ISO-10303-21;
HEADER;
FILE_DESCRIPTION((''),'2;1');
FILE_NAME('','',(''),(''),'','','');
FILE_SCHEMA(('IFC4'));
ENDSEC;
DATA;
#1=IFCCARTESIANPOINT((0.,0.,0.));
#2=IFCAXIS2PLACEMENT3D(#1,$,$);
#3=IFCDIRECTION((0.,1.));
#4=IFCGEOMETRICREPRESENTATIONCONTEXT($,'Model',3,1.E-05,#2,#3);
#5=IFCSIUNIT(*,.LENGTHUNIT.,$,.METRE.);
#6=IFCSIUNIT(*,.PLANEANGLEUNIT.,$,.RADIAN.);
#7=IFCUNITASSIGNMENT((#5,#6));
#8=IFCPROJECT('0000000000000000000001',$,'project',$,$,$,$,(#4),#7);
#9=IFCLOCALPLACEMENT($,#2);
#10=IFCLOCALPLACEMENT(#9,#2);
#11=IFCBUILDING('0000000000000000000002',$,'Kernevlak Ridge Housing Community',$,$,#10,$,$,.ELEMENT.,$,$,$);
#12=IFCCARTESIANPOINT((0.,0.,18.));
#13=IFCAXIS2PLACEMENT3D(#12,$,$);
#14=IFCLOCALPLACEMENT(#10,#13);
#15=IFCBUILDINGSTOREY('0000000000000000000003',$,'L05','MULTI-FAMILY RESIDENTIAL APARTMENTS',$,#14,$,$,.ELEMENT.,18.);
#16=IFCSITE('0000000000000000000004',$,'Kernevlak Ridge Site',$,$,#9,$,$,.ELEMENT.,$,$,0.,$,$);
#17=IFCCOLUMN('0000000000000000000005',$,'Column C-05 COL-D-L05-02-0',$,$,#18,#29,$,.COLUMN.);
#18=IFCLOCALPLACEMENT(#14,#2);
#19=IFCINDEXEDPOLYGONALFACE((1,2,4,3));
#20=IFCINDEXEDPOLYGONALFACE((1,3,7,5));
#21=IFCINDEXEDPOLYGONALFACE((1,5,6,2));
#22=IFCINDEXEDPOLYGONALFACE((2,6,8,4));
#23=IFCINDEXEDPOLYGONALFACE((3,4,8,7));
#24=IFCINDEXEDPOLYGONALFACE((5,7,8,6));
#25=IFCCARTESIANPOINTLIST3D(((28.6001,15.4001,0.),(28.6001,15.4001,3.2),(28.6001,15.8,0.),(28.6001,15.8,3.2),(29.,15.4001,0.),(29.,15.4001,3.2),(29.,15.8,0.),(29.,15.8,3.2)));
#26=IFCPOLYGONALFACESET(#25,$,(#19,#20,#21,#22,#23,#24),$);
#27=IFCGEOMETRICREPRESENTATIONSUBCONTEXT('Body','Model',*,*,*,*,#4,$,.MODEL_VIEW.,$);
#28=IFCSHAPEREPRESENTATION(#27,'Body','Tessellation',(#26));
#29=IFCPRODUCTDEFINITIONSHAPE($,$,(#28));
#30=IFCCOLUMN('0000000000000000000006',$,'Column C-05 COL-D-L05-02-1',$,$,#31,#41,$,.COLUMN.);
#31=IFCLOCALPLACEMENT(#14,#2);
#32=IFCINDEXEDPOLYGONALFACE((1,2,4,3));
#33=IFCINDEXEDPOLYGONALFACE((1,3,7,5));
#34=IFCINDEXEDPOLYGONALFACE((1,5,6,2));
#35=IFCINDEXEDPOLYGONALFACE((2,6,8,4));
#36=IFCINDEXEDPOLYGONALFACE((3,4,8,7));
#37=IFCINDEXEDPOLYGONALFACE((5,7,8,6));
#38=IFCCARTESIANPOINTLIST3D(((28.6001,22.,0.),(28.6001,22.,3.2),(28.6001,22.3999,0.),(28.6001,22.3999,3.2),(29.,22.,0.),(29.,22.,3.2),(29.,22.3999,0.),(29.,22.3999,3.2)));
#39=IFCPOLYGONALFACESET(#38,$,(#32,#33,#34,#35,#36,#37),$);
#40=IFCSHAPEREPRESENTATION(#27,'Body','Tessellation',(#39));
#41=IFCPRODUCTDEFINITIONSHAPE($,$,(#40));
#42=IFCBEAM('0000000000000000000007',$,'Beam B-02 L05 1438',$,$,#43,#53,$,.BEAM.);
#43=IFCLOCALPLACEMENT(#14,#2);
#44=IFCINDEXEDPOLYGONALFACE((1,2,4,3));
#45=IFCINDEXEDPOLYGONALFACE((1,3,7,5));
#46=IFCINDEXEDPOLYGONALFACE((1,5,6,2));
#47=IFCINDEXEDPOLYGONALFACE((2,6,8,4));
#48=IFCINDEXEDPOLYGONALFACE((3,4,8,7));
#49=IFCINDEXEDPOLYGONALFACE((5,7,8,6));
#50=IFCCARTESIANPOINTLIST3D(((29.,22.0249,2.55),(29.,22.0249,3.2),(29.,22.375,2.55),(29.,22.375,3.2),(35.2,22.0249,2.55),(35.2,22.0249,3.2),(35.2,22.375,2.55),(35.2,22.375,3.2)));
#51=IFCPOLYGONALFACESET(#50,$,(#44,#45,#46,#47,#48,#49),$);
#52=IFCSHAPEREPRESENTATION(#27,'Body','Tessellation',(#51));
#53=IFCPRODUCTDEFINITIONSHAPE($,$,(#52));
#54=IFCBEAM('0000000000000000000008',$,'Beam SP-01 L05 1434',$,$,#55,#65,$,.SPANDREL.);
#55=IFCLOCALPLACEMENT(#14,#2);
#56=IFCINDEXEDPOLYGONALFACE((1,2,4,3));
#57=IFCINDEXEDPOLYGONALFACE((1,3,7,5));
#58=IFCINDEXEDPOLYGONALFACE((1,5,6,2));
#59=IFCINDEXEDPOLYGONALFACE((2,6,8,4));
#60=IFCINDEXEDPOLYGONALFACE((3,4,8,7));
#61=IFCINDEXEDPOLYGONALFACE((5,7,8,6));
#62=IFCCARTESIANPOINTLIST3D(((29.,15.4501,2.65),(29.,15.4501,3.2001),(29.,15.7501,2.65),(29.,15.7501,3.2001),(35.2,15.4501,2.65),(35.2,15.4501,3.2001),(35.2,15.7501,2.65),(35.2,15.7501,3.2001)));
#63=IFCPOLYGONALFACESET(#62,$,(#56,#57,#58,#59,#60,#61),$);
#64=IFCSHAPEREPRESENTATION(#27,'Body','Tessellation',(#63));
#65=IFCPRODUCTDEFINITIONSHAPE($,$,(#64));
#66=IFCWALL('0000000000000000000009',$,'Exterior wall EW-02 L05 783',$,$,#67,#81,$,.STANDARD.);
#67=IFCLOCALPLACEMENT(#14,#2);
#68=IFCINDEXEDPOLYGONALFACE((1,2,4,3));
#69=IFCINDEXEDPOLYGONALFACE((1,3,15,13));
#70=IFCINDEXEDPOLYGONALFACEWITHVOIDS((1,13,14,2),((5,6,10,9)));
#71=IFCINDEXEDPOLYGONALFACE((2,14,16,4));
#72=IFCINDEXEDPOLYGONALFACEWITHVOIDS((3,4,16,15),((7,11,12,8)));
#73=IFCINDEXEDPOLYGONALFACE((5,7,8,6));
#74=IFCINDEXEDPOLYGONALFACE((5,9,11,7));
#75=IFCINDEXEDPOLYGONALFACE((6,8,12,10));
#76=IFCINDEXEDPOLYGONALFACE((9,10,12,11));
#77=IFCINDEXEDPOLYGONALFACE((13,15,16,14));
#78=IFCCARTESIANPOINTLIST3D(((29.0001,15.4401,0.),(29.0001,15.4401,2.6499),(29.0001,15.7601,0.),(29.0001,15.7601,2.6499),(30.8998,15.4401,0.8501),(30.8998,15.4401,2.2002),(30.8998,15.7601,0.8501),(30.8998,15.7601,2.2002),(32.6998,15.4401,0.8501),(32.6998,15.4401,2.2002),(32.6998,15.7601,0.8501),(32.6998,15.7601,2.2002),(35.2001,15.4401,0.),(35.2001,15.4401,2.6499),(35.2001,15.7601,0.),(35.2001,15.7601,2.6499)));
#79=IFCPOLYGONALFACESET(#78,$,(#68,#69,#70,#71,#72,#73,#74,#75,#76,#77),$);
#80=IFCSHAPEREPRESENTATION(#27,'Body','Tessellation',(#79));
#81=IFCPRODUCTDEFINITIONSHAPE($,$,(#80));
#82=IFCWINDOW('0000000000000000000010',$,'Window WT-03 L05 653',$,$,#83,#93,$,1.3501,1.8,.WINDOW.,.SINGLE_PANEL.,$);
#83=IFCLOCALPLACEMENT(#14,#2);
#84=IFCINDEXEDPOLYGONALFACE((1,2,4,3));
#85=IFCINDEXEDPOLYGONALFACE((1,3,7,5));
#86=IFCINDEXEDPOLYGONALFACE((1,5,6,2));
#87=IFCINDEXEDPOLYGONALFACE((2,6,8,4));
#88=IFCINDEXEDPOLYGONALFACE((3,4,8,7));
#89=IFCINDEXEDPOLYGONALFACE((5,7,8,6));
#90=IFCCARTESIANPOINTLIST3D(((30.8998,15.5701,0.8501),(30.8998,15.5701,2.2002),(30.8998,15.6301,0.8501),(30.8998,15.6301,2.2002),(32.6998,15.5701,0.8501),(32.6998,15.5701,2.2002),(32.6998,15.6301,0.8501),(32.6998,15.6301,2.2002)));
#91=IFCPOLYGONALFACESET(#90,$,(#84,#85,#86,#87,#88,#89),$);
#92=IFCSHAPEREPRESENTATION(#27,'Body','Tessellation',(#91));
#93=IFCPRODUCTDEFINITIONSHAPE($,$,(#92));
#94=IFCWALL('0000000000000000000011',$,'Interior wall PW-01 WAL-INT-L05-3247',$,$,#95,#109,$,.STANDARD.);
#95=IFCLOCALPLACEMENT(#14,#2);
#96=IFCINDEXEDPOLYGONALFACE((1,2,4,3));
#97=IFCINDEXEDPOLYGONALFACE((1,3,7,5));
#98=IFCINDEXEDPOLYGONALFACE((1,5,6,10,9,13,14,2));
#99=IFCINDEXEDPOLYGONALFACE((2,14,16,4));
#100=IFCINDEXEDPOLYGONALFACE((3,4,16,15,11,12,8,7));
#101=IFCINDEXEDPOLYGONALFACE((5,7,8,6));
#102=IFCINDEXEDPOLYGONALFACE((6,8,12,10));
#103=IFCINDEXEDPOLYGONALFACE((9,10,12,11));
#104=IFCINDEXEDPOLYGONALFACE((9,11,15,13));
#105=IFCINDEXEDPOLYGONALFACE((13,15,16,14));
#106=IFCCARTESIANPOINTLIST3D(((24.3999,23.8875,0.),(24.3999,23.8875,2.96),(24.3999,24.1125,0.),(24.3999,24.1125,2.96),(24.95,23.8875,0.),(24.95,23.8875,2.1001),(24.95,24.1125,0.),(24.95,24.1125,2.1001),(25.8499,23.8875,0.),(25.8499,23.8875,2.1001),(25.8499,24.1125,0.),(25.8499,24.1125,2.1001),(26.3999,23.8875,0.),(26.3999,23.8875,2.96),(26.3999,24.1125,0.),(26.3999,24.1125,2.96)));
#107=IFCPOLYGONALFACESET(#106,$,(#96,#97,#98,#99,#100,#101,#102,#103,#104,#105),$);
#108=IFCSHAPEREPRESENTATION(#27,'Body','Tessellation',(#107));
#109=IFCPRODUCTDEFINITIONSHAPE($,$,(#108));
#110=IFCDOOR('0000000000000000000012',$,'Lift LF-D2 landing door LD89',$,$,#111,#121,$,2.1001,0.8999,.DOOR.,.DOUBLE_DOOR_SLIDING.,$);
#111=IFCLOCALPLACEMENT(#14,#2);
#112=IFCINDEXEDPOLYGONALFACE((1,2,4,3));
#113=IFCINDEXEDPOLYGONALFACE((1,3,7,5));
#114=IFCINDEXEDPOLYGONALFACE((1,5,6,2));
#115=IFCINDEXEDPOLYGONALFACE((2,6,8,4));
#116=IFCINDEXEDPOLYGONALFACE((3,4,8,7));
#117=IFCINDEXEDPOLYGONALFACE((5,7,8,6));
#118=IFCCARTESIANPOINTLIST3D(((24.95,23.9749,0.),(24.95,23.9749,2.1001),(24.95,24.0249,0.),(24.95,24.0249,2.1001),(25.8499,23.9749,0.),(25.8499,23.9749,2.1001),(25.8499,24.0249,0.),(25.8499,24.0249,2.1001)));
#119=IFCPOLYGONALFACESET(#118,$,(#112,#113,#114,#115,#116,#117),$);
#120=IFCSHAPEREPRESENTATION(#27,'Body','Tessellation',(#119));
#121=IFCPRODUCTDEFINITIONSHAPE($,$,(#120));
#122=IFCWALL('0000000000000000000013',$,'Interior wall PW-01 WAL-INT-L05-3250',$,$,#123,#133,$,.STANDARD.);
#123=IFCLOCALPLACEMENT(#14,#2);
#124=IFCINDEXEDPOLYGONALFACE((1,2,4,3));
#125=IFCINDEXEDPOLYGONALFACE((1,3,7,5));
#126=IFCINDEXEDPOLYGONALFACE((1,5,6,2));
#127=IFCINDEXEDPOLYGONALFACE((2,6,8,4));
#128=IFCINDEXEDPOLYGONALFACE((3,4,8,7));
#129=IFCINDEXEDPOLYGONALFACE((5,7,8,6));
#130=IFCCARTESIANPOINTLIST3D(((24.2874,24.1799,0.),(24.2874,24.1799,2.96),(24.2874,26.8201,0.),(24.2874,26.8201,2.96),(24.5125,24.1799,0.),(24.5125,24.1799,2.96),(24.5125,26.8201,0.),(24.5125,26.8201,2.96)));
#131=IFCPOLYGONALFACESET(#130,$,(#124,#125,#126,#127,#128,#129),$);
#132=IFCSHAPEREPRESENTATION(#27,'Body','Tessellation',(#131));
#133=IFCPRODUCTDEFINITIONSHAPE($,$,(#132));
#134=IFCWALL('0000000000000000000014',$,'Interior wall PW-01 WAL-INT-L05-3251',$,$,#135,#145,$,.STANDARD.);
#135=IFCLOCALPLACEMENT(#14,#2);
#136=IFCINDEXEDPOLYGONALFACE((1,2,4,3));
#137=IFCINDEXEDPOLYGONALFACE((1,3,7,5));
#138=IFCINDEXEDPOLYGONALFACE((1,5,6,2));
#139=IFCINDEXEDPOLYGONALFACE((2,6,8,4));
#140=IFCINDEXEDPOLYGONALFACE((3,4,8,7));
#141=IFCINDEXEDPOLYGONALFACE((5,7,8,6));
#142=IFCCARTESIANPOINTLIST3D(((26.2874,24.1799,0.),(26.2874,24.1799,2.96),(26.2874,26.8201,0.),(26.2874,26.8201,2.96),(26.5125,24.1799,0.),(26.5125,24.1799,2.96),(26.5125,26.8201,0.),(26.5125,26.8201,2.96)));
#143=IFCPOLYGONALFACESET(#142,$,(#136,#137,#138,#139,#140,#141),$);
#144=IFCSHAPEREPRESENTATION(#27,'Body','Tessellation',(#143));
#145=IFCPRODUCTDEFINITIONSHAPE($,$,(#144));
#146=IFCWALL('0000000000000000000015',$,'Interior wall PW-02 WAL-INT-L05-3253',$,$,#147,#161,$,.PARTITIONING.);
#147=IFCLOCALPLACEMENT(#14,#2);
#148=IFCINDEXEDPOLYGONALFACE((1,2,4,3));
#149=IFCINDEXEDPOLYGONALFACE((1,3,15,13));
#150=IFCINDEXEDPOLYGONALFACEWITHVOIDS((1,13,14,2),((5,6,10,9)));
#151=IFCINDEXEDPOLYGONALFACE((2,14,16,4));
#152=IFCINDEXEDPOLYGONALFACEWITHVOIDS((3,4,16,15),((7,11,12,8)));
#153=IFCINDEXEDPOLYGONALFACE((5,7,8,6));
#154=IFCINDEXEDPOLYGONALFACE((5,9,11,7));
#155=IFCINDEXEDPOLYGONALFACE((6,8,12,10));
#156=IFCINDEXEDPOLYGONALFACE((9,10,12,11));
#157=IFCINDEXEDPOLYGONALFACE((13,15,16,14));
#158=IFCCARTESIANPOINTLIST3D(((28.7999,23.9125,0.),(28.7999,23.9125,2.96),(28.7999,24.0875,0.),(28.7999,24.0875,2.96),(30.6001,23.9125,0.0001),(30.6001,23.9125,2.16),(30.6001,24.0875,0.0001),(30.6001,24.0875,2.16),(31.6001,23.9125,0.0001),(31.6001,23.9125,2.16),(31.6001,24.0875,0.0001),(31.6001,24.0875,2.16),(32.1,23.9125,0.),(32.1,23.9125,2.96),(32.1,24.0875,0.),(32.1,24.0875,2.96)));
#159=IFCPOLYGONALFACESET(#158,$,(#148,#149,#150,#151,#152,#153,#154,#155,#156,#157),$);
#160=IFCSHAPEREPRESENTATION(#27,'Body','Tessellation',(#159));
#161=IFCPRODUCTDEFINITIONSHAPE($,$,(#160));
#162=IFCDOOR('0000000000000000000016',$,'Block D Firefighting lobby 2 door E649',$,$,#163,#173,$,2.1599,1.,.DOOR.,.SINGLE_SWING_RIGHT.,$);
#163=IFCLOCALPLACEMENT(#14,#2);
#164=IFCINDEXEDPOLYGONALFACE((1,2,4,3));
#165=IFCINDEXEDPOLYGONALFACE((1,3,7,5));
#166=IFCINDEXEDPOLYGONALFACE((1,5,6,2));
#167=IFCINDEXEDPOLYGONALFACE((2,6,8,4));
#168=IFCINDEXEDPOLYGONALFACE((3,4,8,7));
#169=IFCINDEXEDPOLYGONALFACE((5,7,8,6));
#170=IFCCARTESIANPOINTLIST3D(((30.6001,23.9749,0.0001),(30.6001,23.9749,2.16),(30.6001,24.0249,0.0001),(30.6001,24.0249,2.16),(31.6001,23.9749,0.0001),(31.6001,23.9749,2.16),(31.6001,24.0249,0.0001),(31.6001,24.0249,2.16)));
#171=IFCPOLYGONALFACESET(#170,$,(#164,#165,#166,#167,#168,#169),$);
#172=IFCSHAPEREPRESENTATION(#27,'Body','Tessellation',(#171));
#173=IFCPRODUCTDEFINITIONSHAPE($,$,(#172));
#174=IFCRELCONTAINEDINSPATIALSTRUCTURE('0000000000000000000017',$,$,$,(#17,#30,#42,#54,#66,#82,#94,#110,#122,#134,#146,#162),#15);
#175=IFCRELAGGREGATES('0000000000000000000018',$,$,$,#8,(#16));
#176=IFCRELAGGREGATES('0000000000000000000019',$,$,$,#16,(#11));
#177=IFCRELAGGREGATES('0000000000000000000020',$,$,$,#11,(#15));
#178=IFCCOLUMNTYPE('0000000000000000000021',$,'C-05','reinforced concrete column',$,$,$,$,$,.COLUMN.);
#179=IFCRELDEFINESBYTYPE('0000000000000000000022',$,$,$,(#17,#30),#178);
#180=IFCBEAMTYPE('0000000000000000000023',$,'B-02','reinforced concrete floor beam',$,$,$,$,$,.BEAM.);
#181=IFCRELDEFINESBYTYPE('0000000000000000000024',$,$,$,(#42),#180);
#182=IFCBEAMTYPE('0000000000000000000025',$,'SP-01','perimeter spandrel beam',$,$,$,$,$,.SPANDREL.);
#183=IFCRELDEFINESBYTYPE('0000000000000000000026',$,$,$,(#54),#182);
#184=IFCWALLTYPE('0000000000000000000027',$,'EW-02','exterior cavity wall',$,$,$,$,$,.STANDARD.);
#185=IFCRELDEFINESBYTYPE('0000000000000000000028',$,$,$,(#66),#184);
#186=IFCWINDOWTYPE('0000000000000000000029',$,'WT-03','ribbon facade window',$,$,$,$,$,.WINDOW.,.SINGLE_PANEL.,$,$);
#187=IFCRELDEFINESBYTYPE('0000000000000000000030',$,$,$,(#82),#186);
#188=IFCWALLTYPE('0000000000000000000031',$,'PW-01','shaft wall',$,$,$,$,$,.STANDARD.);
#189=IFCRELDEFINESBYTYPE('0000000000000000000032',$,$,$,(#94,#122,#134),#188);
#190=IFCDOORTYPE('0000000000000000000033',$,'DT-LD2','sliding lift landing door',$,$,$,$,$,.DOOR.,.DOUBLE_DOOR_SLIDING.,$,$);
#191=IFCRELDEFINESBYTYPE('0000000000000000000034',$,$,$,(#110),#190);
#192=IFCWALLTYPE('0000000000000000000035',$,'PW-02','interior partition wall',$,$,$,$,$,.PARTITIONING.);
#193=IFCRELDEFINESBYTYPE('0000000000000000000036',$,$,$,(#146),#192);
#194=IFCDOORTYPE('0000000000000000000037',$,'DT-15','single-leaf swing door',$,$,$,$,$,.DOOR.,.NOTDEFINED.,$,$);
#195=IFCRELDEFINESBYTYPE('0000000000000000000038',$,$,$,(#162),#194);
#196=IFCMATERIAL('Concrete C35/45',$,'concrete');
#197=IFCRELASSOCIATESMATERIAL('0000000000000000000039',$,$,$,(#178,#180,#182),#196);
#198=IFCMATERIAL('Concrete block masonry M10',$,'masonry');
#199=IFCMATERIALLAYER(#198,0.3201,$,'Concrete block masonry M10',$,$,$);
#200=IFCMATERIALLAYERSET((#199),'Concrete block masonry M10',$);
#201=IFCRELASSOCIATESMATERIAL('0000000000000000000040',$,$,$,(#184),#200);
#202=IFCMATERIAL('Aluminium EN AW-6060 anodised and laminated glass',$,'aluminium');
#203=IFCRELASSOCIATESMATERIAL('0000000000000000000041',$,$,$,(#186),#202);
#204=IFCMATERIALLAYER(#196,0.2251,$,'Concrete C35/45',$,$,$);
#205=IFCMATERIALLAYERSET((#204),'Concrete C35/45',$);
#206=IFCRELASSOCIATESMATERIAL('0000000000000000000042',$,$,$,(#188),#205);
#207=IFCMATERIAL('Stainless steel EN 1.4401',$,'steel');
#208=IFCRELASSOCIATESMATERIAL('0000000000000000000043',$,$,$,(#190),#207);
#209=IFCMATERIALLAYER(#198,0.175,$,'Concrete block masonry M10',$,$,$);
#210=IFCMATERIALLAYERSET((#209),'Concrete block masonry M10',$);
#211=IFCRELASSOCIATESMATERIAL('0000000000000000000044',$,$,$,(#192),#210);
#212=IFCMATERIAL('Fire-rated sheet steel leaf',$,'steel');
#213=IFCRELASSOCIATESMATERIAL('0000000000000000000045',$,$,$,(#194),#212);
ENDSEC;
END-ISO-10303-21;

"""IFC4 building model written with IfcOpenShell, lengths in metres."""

from ifc_helpers import new_model, si_unit, direction, frame, frame_2d, origin, origin_2d, place, context, subcontext, project, spatial, rectangle, extrude, material, layer, layer_set, material_profile, profile_set, type_object, element, fill, save


model = new_model("IFC4")

# Units and contexts
model_context = context("Model", 3, precision=1e-05, world=origin(), true_north=direction((0.0, 1.0)))
body_context = subcontext(model_context, "Body", "Model", "MODEL_VIEW")
ifc_project = project(units=[si_unit("LENGTHUNIT", "METRE"), si_unit("PLANEANGLEUNIT", "RADIAN")], contexts=[model_context])

# Site, building, storey
site_placement = place(None, origin())
site = spatial("IfcSite", under=ifc_project, at=site_placement, Name="Kernevlak Ridge Site", CompositionType="ELEMENT", RefElevation=0.0)
building_placement = place(site_placement, origin())
building = spatial("IfcBuilding", under=site, at=building_placement, Name="Kernevlak Ridge Housing Community", CompositionType="ELEMENT")
storey_placement = place(building_placement, frame((0.0, 0.0, 18.0)))
storey = spatial("IfcBuildingStorey", under=building, at=storey_placement, Name="L05", Description="MULTI-FAMILY RESIDENTIAL APARTMENTS", CompositionType="ELEMENT", Elevation=18.0)

# Columns
ifc_material_1 = material(Name="Concrete C35/45", Category="concrete")
ifc_material_profile_1 = material_profile(ifc_material_1, rectangle(XDim=0.3999, YDim=0.3999, at=origin_2d()), Name="RC 400x400")
ifc_profile_set_1 = profile_set([ifc_material_profile_1], Name="Concrete C35/45")
column_type = type_object("IfcColumnType", Name="C-05", Description="reinforced concrete column", PredefinedType="COLUMN", material=ifc_profile_set_1)
for number, where, z_axis, x_axis, name in (
    (1, (28.8, 15.6001, 0.0), (0.0, 0.0, 1.0), (1.0, 0.0, 0.0), "Column C-05 COL-D-L05-02-0"),
    (2, (28.8, 22.2, 0.0), (0.0, 0.0, 1.0), (1.0, 0.0, 0.0), "Column C-05 COL-D-L05-02-1"),
):
    element("IfcColumn", number, at=place(storey_placement, frame(where, z_axis=z_axis, x_axis=x_axis)), inside=storey, type_object=column_type, Name=name, PredefinedType="COLUMN", context=body_context, shape_type="SweptSolid", body=[
        extrude(rectangle(XDim=0.3999, YDim=0.3999, at=origin_2d()), origin(), (0.0, 0.0, 1.0), 3.2),
    ])

# Beams
ifc_material_profile_2 = material_profile(ifc_material_1, rectangle(XDim=0.3501, YDim=0.6499, at=origin_2d()), Name="RC 350x650")
ifc_profile_set_2 = profile_set([ifc_material_profile_2], Name="Concrete C35/45")
beam_type_1 = type_object("IfcBeamType", Name="B-02", Description="reinforced concrete floor beam", PredefinedType="BEAM", material=ifc_profile_set_2)
beam_1_placement = place(storey_placement, frame((29.0, 22.2, 2.875), z_axis=(1.0, 0.0, 0.0), x_axis=(0.0, 1.0, 0.0)))
element("IfcBeam", 3, at=beam_1_placement, inside=storey, type_object=beam_type_1, Name="Beam B-02 L05 1438", PredefinedType="BEAM", context=body_context, shape_type="SweptSolid", body=[
    extrude(rectangle(XDim=0.3501, YDim=0.6499, at=origin_2d()), origin(), (0.0, 0.0, 1.0), 6.2),
])
ifc_material_profile_3 = material_profile(ifc_material_1, rectangle(XDim=0.3, YDim=0.55, at=origin_2d()), Name="RC 300x550")
ifc_profile_set_3 = profile_set([ifc_material_profile_3], Name="Concrete C35/45")
beam_type_2 = type_object("IfcBeamType", Name="SP-01", Description="perimeter spandrel beam", PredefinedType="SPANDREL", material=ifc_profile_set_3)
beam_2_placement = place(storey_placement, frame((29.0, 15.6001, 2.925), z_axis=(1.0, 0.0, 0.0), x_axis=(0.0, 1.0, 0.0)))
element("IfcBeam", 4, at=beam_2_placement, inside=storey, type_object=beam_type_2, Name="Beam SP-01 L05 1434", PredefinedType="SPANDREL", context=body_context, shape_type="SweptSolid", body=[
    extrude(rectangle(XDim=0.3, YDim=0.55, at=origin_2d()), origin(), (0.0, 0.0, 1.0), 6.2),
])

# Wall, opening, window
ifc_material_2 = material(Name="Concrete block masonry M10", Category="masonry")
ifc_layer_1 = layer(ifc_material_2, 0.3201, Name="Concrete block masonry M10")
ifc_layer_set_1 = layer_set([ifc_layer_1], Name="Concrete block masonry M10")
wall_type_1 = type_object("IfcWallType", Name="EW-02", Description="exterior cavity wall", PredefinedType="STANDARD", material=ifc_layer_set_1)
wall_1_placement = place(storey_placement, frame((29.0, 15.6001, 0.0), z_axis=(0.0, 0.0, 1.0), x_axis=(1.0, 0.0, 0.0)))
wall_1 = element("IfcWall", 5, at=wall_1_placement, inside=storey, type_object=wall_type_1, Name="Exterior wall EW-02 L05 783", PredefinedType="STANDARD", context=body_context, shape_type="SweptSolid", body=[
    extrude(rectangle(XDim=6.2, YDim=0.3201, at=frame_2d((3.1001, 0.0))), origin(), (0.0, 0.0, 1.0), 2.6499),
])
opening_1_placement = place(wall_1_placement, frame((1.8999, 0.0, 0.8501)))
opening_1 = element("IfcOpeningElement", 6, at=opening_1_placement, cuts=wall_1, PredefinedType="OPENING", context=body_context, shape_type="SweptSolid", body=[
    extrude(rectangle(XDim=1.8, YDim=1.3501, at=frame_2d((0.8999, 0.675))), frame((0.0, 0.1699, 0.0), z_axis=(0.0, -1.0, 0.0), x_axis=(1.0, 0.0, 0.0)), (0.0, 0.0, 1.0), 0.3401),
])
ifc_material_3 = material(Name="Aluminium EN AW-6060 anodised and laminated glass", Category="aluminium")
window_type = type_object("IfcWindowType", Name="WT-03", Description="ribbon facade window", PartitioningType="SINGLE_PANEL", PredefinedType="WINDOW", material=ifc_material_3)
window_placement = place(opening_1_placement, origin())
window = element("IfcWindow", 7, at=window_placement, inside=storey, type_object=window_type, Name="Window WT-03 L05 653", OverallHeight=1.3501, OverallWidth=1.8, PartitioningType="SINGLE_PANEL", PredefinedType="WINDOW", context=body_context, shape_type="SweptSolid", body=[
    extrude(rectangle(XDim=1.8, YDim=1.3501, at=frame_2d((0.8999, 0.675))), frame((0.0, 0.03, 0.0), z_axis=(0.0, -1.0, 0.0), x_axis=(1.0, 0.0, 0.0)), (0.0, 0.0, 1.0), 0.0601),
])
fill(opening_1, window)

# Wall, opening, door
ifc_layer_2 = layer(ifc_material_1, 0.2251, Name="Concrete C35/45")
ifc_layer_set_2 = layer_set([ifc_layer_2], Name="Concrete C35/45")
wall_type_2 = type_object("IfcWallType", Name="PW-01", Description="shaft wall", PredefinedType="STANDARD", material=ifc_layer_set_2)
wall_2_placement = place(storey_placement, frame((24.3999, 24.0, 0.0), z_axis=(0.0, 0.0, 1.0), x_axis=(1.0, 0.0, 0.0)))
wall_2 = element("IfcWall", 8, at=wall_2_placement, inside=storey, type_object=wall_type_2, Name="Interior wall PW-01 WAL-INT-L05-3247", PredefinedType="STANDARD", context=body_context, shape_type="SweptSolid", body=[
    extrude(rectangle(XDim=2.0, YDim=0.2251, at=frame_2d((1.0, 0.0))), origin(), (0.0, 0.0, 1.0), 2.96),
])
opening_2_placement = place(wall_2_placement, frame((0.55, 0.0, 0.0)))
opening_2 = element("IfcOpeningElement", 9, at=opening_2_placement, cuts=wall_2, PredefinedType="OPENING", context=body_context, shape_type="SweptSolid", body=[
    extrude(rectangle(XDim=0.8999, YDim=2.1001, at=frame_2d((0.45, 1.05))), frame((0.0, 0.1226, 0.0), z_axis=(0.0, -1.0, 0.0), x_axis=(1.0, 0.0, 0.0)), (0.0, 0.0, 1.0), 0.2451),
])
ifc_material_4 = material(Name="Stainless steel EN 1.4401", Category="steel")
door_type_1 = type_object("IfcDoorType", Name="DT-LD2", Description="sliding lift landing door", OperationType="DOUBLE_DOOR_SLIDING", PredefinedType="DOOR", material=ifc_material_4)
door_1_placement = place(opening_2_placement, origin())
door_1 = element("IfcDoor", 10, at=door_1_placement, inside=storey, type_object=door_type_1, Name="Lift LF-D2 landing door LD89", OperationType="DOUBLE_DOOR_SLIDING", OverallHeight=2.1001, OverallWidth=0.8999, PredefinedType="DOOR", context=body_context, shape_type="SweptSolid", body=[
    extrude(rectangle(XDim=0.8999, YDim=2.1001, at=frame_2d((0.45, 1.05))), frame((0.0, 0.0249, 0.0), z_axis=(0.0, -1.0, 0.0), x_axis=(1.0, 0.0, 0.0)), (0.0, 0.0, 1.0), 0.05),
])
fill(opening_2, door_1)

# Walls
for number, where, z_axis, x_axis, name in (
    (11, (24.3999, 24.1799, 0.0), (0.0, 0.0, 1.0), (0.0, 1.0, 0.0), "Interior wall PW-01 WAL-INT-L05-3250"),
    (12, (26.3999, 24.1799, 0.0), (0.0, 0.0, 1.0), (0.0, 1.0, 0.0), "Interior wall PW-01 WAL-INT-L05-3251"),
):
    element("IfcWall", number, at=place(storey_placement, frame(where, z_axis=z_axis, x_axis=x_axis)), inside=storey, type_object=wall_type_2, Name=name, PredefinedType="STANDARD", context=body_context, shape_type="SweptSolid", body=[
        extrude(rectangle(XDim=2.6401, YDim=0.2251, at=frame_2d((1.3201, 0.0))), origin(), (0.0, 0.0, 1.0), 2.96),
    ])

# Wall, opening, door
ifc_layer_3 = layer(ifc_material_2, 0.175, Name="Concrete block masonry M10")
ifc_layer_set_3 = layer_set([ifc_layer_3], Name="Concrete block masonry M10")
wall_type_3 = type_object("IfcWallType", Name="PW-02", Description="interior partition wall", PredefinedType="PARTITIONING", material=ifc_layer_set_3)
wall_3_placement = place(storey_placement, frame((28.8, 24.0, 0.0), z_axis=(0.0, 0.0, 1.0), x_axis=(1.0, 0.0, 0.0)))
wall_3 = element("IfcWall", 13, at=wall_3_placement, inside=storey, type_object=wall_type_3, Name="Interior wall PW-02 WAL-INT-L05-3253", PredefinedType="PARTITIONING", context=body_context, shape_type="SweptSolid", body=[
    extrude(rectangle(XDim=3.3, YDim=0.175, at=frame_2d((1.6499, 0.0))), origin(), (0.0, 0.0, 1.0), 2.96),
])
opening_3_placement = place(wall_3_placement, frame((1.8, 0.0, 0.0)))
opening_3 = element("IfcOpeningElement", 14, at=opening_3_placement, cuts=wall_3, PredefinedType="OPENING", context=body_context, shape_type="SweptSolid", body=[
    extrude(rectangle(XDim=1.0, YDim=2.1599, at=frame_2d((0.5, 1.0801))), frame((0.0, 0.0974, 0.0), z_axis=(0.0, -1.0, 0.0), x_axis=(1.0, 0.0, 0.0)), (0.0, 0.0, 1.0), 0.1951),
])
ifc_material_5 = material(Name="Fire-rated sheet steel leaf", Category="steel")
door_type_2 = type_object("IfcDoorType", Name="DT-15", Description="single-leaf swing door", OperationType="NOTDEFINED", PredefinedType="DOOR", material=ifc_material_5)
door_2_placement = place(opening_3_placement, origin())
door_2 = element("IfcDoor", 15, at=door_2_placement, inside=storey, type_object=door_type_2, Name="Block D Firefighting lobby 2 door E649", OperationType="SINGLE_SWING_RIGHT", OverallHeight=2.1599, OverallWidth=1.0, PredefinedType="DOOR", context=body_context, shape_type="SweptSolid", body=[
    extrude(rectangle(XDim=1.0, YDim=2.1599, at=frame_2d((0.5, 1.0801))), frame((0.0, 0.0249, 0.0), z_axis=(0.0, -1.0, 0.0), x_axis=(1.0, 0.0, 0.0)), (0.0, 0.0, 1.0), 0.05),
])
fill(opening_3, door_2)

save(model, "model.ifc")
